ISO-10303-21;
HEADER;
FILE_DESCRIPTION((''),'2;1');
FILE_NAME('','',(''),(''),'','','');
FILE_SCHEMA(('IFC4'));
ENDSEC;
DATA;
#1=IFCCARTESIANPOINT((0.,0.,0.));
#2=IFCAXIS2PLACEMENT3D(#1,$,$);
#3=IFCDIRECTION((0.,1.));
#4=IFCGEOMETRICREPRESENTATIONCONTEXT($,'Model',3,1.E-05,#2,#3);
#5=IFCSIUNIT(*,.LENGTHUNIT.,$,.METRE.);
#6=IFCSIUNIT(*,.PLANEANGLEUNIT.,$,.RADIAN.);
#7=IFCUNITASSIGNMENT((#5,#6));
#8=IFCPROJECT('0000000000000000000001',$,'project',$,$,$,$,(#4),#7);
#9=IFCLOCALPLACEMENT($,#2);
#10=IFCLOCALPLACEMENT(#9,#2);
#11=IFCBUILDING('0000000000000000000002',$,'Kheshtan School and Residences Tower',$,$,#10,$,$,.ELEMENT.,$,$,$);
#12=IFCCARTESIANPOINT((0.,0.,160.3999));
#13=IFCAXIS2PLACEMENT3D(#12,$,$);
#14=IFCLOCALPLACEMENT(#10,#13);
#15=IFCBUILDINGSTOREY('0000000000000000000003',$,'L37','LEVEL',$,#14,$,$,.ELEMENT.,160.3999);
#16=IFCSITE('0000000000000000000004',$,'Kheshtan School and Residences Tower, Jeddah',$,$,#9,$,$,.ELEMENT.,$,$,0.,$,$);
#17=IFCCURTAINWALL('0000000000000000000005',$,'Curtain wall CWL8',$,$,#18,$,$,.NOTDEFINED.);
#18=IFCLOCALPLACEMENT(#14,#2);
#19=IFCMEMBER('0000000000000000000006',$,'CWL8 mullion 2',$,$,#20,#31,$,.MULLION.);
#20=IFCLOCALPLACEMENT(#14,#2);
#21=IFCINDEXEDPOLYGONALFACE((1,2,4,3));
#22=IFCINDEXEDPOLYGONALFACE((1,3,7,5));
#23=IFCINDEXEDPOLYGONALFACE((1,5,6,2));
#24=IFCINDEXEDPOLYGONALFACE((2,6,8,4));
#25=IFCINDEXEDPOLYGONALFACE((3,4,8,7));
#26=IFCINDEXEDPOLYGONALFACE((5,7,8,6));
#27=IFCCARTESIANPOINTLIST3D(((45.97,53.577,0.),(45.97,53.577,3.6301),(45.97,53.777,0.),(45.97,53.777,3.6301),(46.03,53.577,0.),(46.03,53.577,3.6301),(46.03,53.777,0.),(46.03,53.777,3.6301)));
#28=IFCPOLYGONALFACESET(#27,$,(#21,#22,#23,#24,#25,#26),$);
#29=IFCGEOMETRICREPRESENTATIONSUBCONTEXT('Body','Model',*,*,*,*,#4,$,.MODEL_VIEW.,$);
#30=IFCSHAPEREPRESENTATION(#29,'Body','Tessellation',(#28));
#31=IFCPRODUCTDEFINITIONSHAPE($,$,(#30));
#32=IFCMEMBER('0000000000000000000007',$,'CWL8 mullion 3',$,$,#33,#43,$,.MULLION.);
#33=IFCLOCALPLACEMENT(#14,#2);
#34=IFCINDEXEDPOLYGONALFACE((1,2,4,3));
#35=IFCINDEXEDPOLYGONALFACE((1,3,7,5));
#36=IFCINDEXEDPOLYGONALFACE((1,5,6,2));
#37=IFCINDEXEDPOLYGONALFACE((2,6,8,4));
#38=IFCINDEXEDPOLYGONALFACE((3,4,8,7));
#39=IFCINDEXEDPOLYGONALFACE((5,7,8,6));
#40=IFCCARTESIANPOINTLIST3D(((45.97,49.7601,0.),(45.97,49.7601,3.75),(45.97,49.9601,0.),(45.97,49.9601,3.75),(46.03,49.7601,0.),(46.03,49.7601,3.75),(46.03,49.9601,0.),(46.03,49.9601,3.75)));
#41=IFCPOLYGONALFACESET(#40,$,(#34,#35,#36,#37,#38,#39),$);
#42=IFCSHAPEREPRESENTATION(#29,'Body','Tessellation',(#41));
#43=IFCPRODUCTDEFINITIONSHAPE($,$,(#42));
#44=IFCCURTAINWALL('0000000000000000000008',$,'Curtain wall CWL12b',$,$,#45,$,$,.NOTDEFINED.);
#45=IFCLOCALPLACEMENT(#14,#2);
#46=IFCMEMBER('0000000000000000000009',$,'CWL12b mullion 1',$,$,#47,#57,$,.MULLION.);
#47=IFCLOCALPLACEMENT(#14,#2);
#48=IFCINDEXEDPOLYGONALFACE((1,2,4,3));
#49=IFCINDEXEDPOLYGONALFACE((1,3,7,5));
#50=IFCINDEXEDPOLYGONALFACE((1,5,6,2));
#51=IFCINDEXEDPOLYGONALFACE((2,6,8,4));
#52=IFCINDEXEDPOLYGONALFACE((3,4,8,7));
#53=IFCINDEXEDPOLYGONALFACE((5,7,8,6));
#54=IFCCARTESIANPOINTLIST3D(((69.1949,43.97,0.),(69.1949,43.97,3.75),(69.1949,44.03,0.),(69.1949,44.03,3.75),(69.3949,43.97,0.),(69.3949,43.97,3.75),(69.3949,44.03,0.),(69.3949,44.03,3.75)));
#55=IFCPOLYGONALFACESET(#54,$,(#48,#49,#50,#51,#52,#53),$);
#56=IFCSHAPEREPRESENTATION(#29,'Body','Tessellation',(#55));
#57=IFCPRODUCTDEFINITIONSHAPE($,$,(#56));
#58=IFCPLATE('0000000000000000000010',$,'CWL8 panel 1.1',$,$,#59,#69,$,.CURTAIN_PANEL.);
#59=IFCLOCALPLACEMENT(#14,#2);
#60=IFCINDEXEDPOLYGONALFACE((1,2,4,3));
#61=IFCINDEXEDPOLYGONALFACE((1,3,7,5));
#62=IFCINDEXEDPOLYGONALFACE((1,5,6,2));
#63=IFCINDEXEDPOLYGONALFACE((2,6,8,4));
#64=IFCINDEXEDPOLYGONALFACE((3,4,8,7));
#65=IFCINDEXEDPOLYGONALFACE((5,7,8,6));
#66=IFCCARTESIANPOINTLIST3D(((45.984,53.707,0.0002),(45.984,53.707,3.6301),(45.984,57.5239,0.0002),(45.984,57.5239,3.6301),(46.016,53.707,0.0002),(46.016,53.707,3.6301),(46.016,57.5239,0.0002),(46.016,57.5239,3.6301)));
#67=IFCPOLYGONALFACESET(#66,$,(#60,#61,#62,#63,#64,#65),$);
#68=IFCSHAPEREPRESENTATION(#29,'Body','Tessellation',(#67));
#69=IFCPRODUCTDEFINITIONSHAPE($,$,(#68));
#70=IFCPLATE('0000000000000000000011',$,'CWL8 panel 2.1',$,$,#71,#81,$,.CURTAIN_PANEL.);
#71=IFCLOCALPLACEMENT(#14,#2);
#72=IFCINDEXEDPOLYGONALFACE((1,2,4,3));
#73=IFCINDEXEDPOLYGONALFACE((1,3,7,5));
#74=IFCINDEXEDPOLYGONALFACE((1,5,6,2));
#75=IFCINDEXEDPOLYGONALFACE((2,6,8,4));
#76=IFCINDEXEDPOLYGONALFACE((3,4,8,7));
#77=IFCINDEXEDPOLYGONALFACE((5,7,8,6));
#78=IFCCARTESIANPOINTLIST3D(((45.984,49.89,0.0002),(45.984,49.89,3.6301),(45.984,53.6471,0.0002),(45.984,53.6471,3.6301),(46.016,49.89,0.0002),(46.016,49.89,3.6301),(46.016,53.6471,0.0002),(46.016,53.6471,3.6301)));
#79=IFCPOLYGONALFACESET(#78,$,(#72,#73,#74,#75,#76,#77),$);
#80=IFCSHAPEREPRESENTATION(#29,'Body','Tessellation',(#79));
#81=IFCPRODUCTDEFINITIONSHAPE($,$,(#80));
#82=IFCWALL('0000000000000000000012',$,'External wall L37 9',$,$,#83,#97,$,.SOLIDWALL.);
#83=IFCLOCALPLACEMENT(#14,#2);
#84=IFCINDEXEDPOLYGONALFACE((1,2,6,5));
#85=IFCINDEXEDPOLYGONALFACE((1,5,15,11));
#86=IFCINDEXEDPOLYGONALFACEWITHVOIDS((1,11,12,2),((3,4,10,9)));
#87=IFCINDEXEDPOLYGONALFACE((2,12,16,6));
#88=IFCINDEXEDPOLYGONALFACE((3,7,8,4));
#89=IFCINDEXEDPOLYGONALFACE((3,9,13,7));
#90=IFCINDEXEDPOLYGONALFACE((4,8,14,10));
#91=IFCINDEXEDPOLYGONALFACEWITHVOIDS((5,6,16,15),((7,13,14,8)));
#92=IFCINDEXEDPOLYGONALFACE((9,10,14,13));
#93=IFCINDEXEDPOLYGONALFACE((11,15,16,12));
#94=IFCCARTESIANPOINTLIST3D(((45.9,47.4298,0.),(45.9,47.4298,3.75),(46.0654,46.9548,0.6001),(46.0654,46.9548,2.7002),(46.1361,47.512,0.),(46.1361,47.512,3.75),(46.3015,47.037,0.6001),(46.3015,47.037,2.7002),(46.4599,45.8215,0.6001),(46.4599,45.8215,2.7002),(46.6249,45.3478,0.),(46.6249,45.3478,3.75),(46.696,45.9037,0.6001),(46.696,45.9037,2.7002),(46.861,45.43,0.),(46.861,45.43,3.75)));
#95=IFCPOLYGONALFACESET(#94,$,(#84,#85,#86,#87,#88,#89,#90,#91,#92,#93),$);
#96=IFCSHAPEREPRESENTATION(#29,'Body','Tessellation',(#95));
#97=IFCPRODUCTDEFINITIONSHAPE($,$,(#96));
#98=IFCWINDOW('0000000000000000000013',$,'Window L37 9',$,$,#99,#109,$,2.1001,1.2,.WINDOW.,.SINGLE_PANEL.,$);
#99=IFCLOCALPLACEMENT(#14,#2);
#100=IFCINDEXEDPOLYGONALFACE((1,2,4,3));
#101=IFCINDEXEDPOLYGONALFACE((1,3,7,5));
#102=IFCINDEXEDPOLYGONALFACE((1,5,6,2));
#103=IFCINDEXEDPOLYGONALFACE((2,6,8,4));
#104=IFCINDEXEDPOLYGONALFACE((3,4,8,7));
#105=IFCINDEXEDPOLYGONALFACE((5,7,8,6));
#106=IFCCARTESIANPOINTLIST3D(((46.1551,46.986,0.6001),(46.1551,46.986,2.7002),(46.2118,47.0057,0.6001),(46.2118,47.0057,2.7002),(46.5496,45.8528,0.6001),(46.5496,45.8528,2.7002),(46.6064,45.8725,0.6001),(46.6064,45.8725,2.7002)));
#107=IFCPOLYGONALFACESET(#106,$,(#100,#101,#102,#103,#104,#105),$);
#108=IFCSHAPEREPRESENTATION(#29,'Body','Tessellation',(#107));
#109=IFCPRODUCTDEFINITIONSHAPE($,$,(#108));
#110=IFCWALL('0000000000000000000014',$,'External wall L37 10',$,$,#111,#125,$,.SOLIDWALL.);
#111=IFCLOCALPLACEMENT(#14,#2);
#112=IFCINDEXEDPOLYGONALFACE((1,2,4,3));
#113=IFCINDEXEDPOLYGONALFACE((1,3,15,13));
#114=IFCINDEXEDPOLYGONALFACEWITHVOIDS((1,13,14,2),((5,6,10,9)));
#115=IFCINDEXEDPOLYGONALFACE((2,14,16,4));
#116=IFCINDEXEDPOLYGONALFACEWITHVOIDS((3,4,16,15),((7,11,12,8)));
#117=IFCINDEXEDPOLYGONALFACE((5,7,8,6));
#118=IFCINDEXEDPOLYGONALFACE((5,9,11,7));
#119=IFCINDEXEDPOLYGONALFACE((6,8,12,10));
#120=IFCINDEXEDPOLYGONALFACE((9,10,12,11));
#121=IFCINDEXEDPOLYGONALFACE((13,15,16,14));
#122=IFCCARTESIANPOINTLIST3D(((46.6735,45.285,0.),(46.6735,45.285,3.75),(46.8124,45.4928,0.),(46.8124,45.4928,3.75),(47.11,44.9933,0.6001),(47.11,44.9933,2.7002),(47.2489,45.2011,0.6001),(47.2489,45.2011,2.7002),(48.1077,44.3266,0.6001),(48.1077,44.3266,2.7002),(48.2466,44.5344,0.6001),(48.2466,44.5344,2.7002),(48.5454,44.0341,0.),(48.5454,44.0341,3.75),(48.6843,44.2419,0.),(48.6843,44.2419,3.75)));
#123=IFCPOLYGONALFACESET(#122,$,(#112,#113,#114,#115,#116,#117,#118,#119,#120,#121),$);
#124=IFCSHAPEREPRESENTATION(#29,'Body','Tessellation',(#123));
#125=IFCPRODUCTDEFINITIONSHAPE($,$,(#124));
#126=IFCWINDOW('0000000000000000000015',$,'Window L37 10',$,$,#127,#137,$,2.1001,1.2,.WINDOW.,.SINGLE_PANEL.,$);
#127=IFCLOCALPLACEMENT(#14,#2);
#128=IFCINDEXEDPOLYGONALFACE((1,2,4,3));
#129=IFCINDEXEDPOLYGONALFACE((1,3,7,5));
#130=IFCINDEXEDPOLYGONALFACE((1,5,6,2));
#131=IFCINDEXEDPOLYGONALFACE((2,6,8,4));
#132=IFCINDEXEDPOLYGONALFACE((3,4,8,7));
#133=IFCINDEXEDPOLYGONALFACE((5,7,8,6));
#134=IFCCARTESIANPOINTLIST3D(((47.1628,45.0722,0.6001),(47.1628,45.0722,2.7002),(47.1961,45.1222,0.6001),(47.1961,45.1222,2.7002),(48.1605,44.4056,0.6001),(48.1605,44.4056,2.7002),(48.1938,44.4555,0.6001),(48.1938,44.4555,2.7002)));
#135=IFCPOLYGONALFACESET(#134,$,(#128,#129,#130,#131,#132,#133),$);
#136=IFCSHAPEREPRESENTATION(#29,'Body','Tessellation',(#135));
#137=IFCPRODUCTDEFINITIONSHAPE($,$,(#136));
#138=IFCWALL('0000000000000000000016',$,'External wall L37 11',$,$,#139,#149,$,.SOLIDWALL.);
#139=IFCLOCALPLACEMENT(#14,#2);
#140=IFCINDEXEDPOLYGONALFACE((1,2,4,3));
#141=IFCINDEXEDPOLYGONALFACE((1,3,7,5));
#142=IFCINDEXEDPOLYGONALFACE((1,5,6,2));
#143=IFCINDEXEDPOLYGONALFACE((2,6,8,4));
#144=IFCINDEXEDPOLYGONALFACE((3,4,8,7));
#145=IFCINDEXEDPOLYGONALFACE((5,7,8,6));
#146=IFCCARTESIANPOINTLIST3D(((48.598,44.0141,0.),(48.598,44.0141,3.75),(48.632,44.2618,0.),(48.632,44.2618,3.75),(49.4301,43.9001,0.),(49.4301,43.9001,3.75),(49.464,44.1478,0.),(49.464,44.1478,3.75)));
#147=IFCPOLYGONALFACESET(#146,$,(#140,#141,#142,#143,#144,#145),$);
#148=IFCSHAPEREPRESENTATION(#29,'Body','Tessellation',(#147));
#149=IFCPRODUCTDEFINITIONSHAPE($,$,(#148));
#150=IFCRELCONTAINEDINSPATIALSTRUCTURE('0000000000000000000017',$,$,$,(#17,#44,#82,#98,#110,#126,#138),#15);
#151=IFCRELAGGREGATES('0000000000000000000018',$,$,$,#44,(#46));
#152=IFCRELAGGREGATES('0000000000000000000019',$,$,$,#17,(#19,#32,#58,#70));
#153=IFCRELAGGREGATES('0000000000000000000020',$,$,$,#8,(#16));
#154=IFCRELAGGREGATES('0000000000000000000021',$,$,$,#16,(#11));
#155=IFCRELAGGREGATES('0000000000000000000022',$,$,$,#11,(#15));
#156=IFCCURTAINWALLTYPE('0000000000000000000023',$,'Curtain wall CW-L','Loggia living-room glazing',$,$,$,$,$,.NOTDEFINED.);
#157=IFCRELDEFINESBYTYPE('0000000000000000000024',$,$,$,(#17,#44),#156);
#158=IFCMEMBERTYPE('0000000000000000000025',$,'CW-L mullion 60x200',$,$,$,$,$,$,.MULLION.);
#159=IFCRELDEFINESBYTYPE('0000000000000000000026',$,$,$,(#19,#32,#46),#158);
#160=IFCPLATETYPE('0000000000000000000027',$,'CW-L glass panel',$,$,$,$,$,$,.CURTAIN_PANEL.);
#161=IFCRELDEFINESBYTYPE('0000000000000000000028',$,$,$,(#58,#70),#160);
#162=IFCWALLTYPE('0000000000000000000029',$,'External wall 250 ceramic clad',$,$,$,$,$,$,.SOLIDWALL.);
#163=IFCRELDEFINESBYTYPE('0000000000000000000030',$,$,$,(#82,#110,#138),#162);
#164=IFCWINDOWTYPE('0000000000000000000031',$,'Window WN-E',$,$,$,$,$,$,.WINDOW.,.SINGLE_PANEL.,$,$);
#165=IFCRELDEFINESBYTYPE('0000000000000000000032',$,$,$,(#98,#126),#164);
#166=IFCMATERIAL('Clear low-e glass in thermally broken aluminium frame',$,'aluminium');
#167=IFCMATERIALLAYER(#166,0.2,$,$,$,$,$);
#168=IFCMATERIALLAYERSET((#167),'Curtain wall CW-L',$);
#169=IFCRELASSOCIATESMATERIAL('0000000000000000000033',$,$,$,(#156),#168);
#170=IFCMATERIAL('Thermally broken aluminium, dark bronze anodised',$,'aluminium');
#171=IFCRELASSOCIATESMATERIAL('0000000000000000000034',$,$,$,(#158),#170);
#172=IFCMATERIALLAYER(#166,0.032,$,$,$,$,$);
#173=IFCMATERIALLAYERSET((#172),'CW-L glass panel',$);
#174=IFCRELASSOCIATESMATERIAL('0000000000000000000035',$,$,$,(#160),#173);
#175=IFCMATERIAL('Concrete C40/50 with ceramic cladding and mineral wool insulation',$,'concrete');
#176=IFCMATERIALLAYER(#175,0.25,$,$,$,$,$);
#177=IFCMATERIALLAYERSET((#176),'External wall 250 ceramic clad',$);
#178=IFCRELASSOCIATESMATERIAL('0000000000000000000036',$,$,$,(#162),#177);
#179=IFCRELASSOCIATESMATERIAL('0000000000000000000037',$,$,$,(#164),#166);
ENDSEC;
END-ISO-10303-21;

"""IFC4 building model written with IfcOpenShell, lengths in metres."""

from ifc_helpers import new_model, si_unit, direction, frame, frame_2d, origin, origin_2d, place, context, subcontext, project, spatial, rectangle, extrude, source, transform, mapped, material, layer, layer_set, material_profile, profile_set, type_object, element, fill, aggregate, save


model = new_model("IFC4")

# Units and contexts
model_context = context("Model", 3, precision=1e-05, world=origin(), true_north=direction((0.0, 1.0)))
body_context = subcontext(model_context, "Body", "Model", "MODEL_VIEW")
ifc_project = project(units=[si_unit("LENGTHUNIT", "METRE"), si_unit("PLANEANGLEUNIT", "RADIAN")], contexts=[model_context])

# Site, building, storey
site_placement = place(None, origin())
site = spatial("IfcSite", under=ifc_project, at=site_placement, Name="Kheshtan School and Residences Tower, Jeddah", CompositionType="ELEMENT", RefElevation=0.0)
building_placement = place(site_placement, origin())
building = spatial("IfcBuilding", under=site, at=building_placement, Name="Kheshtan School and Residences Tower", CompositionType="ELEMENT")
storey_placement = place(building_placement, frame((0.0, 0.0, 160.3999)))
storey = spatial("IfcBuildingStorey", under=building, at=storey_placement, Name="L37", Description="LEVEL", CompositionType="ELEMENT", Elevation=160.3999)

# Curtain wall, members
ifc_material_1 = material(Name="Clear low-e glass in thermally broken aluminium frame", Category="aluminium")
ifc_layer_1 = layer(ifc_material_1, 0.2)
ifc_layer_set_1 = layer_set([ifc_layer_1], Name="Curtain wall CW-L")
curtain_wall_type = type_object("IfcCurtainWallType", Name="Curtain wall CW-L", Description="Loggia living-room glazing", PredefinedType="NOTDEFINED", material=ifc_layer_set_1)
curtain_wall_1_placement = place(storey_placement, origin())
curtain_wall_1 = element("IfcCurtainWall", 1, at=curtain_wall_1_placement, inside=storey, type_object=curtain_wall_type, Name="Curtain wall CWL8", PredefinedType="NOTDEFINED")
ifc_material_2 = material(Name="Thermally broken aluminium, dark bronze anodised", Category="aluminium")
ifc_material_profile_1 = material_profile(ifc_material_2, rectangle(XDim=0.0601, YDim=0.2, at=origin_2d()), Name="CW-L mullion 60x200")
ifc_profile_set_1 = profile_set([ifc_material_profile_1], Name="Thermally broken aluminium, dark bronze anodised")
member_type = type_object("IfcMemberType", Name="CW-L mullion 60x200", PredefinedType="MULLION", material=ifc_profile_set_1)
member_1_placement = place(storey_placement, frame((46.0, 53.677, 0.0), z_axis=(0.0, 0.0, 1.0), x_axis=(1.0, 0.0, 0.0)))
member_1 = element("IfcMember", 2, at=member_1_placement, type_object=member_type, Name="CWL8 mullion 2", PredefinedType="MULLION", context=body_context, shape_type="SweptSolid", body=[
    extrude(rectangle(XDim=0.0601, YDim=0.2, at=origin_2d()), origin(), (0.0, 0.0, 1.0), 3.6301),
])
member_2_placement = place(storey_placement, frame((46.0, 49.8601, 0.0), z_axis=(0.0, 0.0, 1.0), x_axis=(1.0, 0.0, 0.0)))
member_2 = element("IfcMember", 3, at=member_2_placement, type_object=member_type, Name="CWL8 mullion 3", PredefinedType="MULLION", context=body_context, shape_type="SweptSolid", body=[
    extrude(rectangle(XDim=0.0601, YDim=0.2, at=origin_2d()), origin(), (0.0, 0.0, 1.0), 3.75),
])

# Curtain wall, member
curtain_wall_2_placement = place(storey_placement, origin())
curtain_wall_2 = element("IfcCurtainWall", 4, at=curtain_wall_2_placement, inside=storey, type_object=curtain_wall_type, Name="Curtain wall CWL12b", PredefinedType="NOTDEFINED")
member_3_placement = place(storey_placement, frame((69.2949, 44.0, 0.0), z_axis=(0.0, 0.0, 1.0), x_axis=(0.0, 1.0, 0.0)))
member_3 = element("IfcMember", 5, at=member_3_placement, type_object=member_type, Name="CWL12b mullion 1", PredefinedType="MULLION", context=body_context, shape_type="SweptSolid", body=[
    extrude(rectangle(XDim=0.0601, YDim=0.2, at=origin_2d()), origin(), (0.0, 0.0, 1.0), 3.75),
])
aggregate(curtain_wall_2, [member_3])

# Plates
ifc_layer_2 = layer(ifc_material_1, 0.032)
ifc_layer_set_2 = layer_set([ifc_layer_2], Name="CW-L glass panel")
plate_type = type_object("IfcPlateType", Name="CW-L glass panel", PredefinedType="CURTAIN_PANEL", material=ifc_layer_set_2)
plate_1_placement = place(storey_placement, frame((46.0, 55.6155, 0.0002), z_axis=(0.0, 0.0, 1.0), x_axis=(0.0, -1.0, 0.0)))
plate_1 = element("IfcPlate", 6, at=plate_1_placement, type_object=plate_type, Name="CWL8 panel 1.1", PredefinedType="CURTAIN_PANEL", context=body_context, shape_type="SweptSolid", body=[
    extrude(rectangle(XDim=3.8169, YDim=0.032, at=origin_2d()), origin(), (0.0, 0.0, 1.0), 3.6299),
])
plate_2_placement = place(storey_placement, frame((46.0, 51.7686, 0.0002), z_axis=(0.0, 0.0, 1.0), x_axis=(0.0, -1.0, 0.0)))
plate_2 = element("IfcPlate", 7, at=plate_2_placement, type_object=plate_type, Name="CWL8 panel 2.1", PredefinedType="CURTAIN_PANEL", context=body_context, shape_type="SweptSolid", body=[
    extrude(rectangle(XDim=3.7571, YDim=0.032, at=origin_2d()), origin(), (0.0, 0.0, 1.0), 3.6299),
])
aggregate(curtain_wall_1, [member_1, member_2, plate_1, plate_2])

# Walls, openings, windows
ifc_material_3 = material(Name="Concrete C40/50 with ceramic cladding and mineral wool insulation", Category="concrete")
ifc_layer_3 = layer(ifc_material_3, 0.25)
ifc_layer_set_3 = layer_set([ifc_layer_3], Name="External wall 250 ceramic clad")
wall_type = type_object("IfcWallType", Name="External wall 250 ceramic clad", PredefinedType="SOLIDWALL", material=ifc_layer_set_3)
wall_1_placement = place(storey_placement, frame((46.0181, 47.4709, 0.0), z_axis=(0.0, 0.0, 1.0), x_axis=(0.328791, -0.944403, 0.0)))
wall_1 = element("IfcWall", 8, at=wall_1_placement, inside=storey, type_object=wall_type, Name="External wall L37 9", PredefinedType="SOLIDWALL", context=body_context, shape_type="SweptSolid", body=[
    extrude(rectangle(XDim=2.2046, YDim=0.25, at=frame_2d((1.1023, 0.0))), origin(), (0.0, 0.0, 1.0), 3.75),
])
opening_1_placement = place(wall_1_placement, frame((0.5029, 0.0, 0.6001)))
opening_1 = element("IfcOpeningElement", 9, at=opening_1_placement, cuts=wall_1, PredefinedType="OPENING", context=body_context, shape_type="SweptSolid", body=[
    extrude(rectangle(XDim=1.2, YDim=2.1001, at=frame_2d((0.6001, 1.05))), frame((0.0, 0.135, 0.0), z_axis=(0.0, -1.0, 0.0), x_axis=(1.0, 0.0, 0.0)), (0.0, 0.0, 1.0), 0.27),
])
window_type = type_object("IfcWindowType", Name="Window WN-E", PartitioningType="SINGLE_PANEL", PredefinedType="WINDOW", material=ifc_material_1)
shared_shape = source(origin(), body_context, "Body", "SweptSolid", [
    extrude(rectangle(XDim=1.2, YDim=2.1001, at=frame_2d((0.6001, 1.05))), frame((0.0, 0.03, 0.0), z_axis=(0.0, -1.0, 0.0), x_axis=(1.0, 0.0, 0.0)), (0.0, 0.0, 1.0), 0.0601),
])
window_1_placement = place(opening_1_placement, origin())
window_1 = element("IfcWindow", 10, at=window_1_placement, inside=storey, type_object=window_type, Name="Window L37 9", OverallHeight=2.1001, OverallWidth=1.2, PartitioningType="SINGLE_PANEL", PredefinedType="WINDOW", context=body_context, shape_type="MappedRepresentation", body=[
    mapped(shared_shape, transform((0.0, 0.0, 0.0), x_axis=(1.0, 0.0, 0.0), y_axis=(0.0, 1.0, 0.0), z_axis=(0.0, 0.0, 1.0), scale=1.0)),
])
fill(opening_1, window_1)
wall_2_placement = place(storey_placement, frame((46.7429, 45.3889, 0.0), z_axis=(0.0, 0.0, 1.0), x_axis=(0.831449, -0.555601, 0.0)))
wall_2 = element("IfcWall", 11, at=wall_2_placement, inside=storey, type_object=wall_type, Name="External wall L37 10", PredefinedType="SOLIDWALL", context=body_context, shape_type="SweptSolid", body=[
    extrude(rectangle(XDim=2.2515, YDim=0.25, at=frame_2d((1.1257, 0.0))), origin(), (0.0, 0.0, 1.0), 3.75),
])
opening_2_placement = place(wall_2_placement, frame((0.5249, 0.0, 0.6001)))
opening_2 = element("IfcOpeningElement", 12, at=opening_2_placement, cuts=wall_2, PredefinedType="OPENING", context=body_context, shape_type="SweptSolid", body=[
    extrude(rectangle(XDim=1.2, YDim=2.1001, at=frame_2d((0.6001, 1.05))), frame((0.0, 0.135, 0.0), z_axis=(0.0, -1.0, 0.0), x_axis=(1.0, 0.0, 0.0)), (0.0, 0.0, 1.0), 0.27),
])
window_2_placement = place(opening_2_placement, origin())
window_2 = element("IfcWindow", 13, at=window_2_placement, inside=storey, type_object=window_type, Name="Window L37 10", OverallHeight=2.1001, OverallWidth=1.2, PartitioningType="SINGLE_PANEL", PredefinedType="WINDOW", context=body_context, shape_type="MappedRepresentation", body=[
    mapped(shared_shape, transform((0.0, 0.0, 0.0), x_axis=(1.0, 0.0, 0.0), y_axis=(0.0, 1.0, 0.0), z_axis=(0.0, 0.0, 1.0), scale=1.0)),
])
fill(opening_2, window_2)

# Wall
wall_3_placement = place(storey_placement, frame((48.615, 44.1379, 0.0), z_axis=(0.0, 0.0, 1.0), x_axis=(0.990742, -0.135762, 0.0)))
element("IfcWall", 14, at=wall_3_placement, inside=storey, type_object=wall_type, Name="External wall L37 11", PredefinedType="SOLIDWALL", context=body_context, shape_type="SweptSolid", body=[
    extrude(rectangle(XDim=0.8398, YDim=0.25, at=frame_2d((0.4199, 0.0))), origin(), (0.0, 0.0, 1.0), 3.75),
])

save(model, "model.ifc")
